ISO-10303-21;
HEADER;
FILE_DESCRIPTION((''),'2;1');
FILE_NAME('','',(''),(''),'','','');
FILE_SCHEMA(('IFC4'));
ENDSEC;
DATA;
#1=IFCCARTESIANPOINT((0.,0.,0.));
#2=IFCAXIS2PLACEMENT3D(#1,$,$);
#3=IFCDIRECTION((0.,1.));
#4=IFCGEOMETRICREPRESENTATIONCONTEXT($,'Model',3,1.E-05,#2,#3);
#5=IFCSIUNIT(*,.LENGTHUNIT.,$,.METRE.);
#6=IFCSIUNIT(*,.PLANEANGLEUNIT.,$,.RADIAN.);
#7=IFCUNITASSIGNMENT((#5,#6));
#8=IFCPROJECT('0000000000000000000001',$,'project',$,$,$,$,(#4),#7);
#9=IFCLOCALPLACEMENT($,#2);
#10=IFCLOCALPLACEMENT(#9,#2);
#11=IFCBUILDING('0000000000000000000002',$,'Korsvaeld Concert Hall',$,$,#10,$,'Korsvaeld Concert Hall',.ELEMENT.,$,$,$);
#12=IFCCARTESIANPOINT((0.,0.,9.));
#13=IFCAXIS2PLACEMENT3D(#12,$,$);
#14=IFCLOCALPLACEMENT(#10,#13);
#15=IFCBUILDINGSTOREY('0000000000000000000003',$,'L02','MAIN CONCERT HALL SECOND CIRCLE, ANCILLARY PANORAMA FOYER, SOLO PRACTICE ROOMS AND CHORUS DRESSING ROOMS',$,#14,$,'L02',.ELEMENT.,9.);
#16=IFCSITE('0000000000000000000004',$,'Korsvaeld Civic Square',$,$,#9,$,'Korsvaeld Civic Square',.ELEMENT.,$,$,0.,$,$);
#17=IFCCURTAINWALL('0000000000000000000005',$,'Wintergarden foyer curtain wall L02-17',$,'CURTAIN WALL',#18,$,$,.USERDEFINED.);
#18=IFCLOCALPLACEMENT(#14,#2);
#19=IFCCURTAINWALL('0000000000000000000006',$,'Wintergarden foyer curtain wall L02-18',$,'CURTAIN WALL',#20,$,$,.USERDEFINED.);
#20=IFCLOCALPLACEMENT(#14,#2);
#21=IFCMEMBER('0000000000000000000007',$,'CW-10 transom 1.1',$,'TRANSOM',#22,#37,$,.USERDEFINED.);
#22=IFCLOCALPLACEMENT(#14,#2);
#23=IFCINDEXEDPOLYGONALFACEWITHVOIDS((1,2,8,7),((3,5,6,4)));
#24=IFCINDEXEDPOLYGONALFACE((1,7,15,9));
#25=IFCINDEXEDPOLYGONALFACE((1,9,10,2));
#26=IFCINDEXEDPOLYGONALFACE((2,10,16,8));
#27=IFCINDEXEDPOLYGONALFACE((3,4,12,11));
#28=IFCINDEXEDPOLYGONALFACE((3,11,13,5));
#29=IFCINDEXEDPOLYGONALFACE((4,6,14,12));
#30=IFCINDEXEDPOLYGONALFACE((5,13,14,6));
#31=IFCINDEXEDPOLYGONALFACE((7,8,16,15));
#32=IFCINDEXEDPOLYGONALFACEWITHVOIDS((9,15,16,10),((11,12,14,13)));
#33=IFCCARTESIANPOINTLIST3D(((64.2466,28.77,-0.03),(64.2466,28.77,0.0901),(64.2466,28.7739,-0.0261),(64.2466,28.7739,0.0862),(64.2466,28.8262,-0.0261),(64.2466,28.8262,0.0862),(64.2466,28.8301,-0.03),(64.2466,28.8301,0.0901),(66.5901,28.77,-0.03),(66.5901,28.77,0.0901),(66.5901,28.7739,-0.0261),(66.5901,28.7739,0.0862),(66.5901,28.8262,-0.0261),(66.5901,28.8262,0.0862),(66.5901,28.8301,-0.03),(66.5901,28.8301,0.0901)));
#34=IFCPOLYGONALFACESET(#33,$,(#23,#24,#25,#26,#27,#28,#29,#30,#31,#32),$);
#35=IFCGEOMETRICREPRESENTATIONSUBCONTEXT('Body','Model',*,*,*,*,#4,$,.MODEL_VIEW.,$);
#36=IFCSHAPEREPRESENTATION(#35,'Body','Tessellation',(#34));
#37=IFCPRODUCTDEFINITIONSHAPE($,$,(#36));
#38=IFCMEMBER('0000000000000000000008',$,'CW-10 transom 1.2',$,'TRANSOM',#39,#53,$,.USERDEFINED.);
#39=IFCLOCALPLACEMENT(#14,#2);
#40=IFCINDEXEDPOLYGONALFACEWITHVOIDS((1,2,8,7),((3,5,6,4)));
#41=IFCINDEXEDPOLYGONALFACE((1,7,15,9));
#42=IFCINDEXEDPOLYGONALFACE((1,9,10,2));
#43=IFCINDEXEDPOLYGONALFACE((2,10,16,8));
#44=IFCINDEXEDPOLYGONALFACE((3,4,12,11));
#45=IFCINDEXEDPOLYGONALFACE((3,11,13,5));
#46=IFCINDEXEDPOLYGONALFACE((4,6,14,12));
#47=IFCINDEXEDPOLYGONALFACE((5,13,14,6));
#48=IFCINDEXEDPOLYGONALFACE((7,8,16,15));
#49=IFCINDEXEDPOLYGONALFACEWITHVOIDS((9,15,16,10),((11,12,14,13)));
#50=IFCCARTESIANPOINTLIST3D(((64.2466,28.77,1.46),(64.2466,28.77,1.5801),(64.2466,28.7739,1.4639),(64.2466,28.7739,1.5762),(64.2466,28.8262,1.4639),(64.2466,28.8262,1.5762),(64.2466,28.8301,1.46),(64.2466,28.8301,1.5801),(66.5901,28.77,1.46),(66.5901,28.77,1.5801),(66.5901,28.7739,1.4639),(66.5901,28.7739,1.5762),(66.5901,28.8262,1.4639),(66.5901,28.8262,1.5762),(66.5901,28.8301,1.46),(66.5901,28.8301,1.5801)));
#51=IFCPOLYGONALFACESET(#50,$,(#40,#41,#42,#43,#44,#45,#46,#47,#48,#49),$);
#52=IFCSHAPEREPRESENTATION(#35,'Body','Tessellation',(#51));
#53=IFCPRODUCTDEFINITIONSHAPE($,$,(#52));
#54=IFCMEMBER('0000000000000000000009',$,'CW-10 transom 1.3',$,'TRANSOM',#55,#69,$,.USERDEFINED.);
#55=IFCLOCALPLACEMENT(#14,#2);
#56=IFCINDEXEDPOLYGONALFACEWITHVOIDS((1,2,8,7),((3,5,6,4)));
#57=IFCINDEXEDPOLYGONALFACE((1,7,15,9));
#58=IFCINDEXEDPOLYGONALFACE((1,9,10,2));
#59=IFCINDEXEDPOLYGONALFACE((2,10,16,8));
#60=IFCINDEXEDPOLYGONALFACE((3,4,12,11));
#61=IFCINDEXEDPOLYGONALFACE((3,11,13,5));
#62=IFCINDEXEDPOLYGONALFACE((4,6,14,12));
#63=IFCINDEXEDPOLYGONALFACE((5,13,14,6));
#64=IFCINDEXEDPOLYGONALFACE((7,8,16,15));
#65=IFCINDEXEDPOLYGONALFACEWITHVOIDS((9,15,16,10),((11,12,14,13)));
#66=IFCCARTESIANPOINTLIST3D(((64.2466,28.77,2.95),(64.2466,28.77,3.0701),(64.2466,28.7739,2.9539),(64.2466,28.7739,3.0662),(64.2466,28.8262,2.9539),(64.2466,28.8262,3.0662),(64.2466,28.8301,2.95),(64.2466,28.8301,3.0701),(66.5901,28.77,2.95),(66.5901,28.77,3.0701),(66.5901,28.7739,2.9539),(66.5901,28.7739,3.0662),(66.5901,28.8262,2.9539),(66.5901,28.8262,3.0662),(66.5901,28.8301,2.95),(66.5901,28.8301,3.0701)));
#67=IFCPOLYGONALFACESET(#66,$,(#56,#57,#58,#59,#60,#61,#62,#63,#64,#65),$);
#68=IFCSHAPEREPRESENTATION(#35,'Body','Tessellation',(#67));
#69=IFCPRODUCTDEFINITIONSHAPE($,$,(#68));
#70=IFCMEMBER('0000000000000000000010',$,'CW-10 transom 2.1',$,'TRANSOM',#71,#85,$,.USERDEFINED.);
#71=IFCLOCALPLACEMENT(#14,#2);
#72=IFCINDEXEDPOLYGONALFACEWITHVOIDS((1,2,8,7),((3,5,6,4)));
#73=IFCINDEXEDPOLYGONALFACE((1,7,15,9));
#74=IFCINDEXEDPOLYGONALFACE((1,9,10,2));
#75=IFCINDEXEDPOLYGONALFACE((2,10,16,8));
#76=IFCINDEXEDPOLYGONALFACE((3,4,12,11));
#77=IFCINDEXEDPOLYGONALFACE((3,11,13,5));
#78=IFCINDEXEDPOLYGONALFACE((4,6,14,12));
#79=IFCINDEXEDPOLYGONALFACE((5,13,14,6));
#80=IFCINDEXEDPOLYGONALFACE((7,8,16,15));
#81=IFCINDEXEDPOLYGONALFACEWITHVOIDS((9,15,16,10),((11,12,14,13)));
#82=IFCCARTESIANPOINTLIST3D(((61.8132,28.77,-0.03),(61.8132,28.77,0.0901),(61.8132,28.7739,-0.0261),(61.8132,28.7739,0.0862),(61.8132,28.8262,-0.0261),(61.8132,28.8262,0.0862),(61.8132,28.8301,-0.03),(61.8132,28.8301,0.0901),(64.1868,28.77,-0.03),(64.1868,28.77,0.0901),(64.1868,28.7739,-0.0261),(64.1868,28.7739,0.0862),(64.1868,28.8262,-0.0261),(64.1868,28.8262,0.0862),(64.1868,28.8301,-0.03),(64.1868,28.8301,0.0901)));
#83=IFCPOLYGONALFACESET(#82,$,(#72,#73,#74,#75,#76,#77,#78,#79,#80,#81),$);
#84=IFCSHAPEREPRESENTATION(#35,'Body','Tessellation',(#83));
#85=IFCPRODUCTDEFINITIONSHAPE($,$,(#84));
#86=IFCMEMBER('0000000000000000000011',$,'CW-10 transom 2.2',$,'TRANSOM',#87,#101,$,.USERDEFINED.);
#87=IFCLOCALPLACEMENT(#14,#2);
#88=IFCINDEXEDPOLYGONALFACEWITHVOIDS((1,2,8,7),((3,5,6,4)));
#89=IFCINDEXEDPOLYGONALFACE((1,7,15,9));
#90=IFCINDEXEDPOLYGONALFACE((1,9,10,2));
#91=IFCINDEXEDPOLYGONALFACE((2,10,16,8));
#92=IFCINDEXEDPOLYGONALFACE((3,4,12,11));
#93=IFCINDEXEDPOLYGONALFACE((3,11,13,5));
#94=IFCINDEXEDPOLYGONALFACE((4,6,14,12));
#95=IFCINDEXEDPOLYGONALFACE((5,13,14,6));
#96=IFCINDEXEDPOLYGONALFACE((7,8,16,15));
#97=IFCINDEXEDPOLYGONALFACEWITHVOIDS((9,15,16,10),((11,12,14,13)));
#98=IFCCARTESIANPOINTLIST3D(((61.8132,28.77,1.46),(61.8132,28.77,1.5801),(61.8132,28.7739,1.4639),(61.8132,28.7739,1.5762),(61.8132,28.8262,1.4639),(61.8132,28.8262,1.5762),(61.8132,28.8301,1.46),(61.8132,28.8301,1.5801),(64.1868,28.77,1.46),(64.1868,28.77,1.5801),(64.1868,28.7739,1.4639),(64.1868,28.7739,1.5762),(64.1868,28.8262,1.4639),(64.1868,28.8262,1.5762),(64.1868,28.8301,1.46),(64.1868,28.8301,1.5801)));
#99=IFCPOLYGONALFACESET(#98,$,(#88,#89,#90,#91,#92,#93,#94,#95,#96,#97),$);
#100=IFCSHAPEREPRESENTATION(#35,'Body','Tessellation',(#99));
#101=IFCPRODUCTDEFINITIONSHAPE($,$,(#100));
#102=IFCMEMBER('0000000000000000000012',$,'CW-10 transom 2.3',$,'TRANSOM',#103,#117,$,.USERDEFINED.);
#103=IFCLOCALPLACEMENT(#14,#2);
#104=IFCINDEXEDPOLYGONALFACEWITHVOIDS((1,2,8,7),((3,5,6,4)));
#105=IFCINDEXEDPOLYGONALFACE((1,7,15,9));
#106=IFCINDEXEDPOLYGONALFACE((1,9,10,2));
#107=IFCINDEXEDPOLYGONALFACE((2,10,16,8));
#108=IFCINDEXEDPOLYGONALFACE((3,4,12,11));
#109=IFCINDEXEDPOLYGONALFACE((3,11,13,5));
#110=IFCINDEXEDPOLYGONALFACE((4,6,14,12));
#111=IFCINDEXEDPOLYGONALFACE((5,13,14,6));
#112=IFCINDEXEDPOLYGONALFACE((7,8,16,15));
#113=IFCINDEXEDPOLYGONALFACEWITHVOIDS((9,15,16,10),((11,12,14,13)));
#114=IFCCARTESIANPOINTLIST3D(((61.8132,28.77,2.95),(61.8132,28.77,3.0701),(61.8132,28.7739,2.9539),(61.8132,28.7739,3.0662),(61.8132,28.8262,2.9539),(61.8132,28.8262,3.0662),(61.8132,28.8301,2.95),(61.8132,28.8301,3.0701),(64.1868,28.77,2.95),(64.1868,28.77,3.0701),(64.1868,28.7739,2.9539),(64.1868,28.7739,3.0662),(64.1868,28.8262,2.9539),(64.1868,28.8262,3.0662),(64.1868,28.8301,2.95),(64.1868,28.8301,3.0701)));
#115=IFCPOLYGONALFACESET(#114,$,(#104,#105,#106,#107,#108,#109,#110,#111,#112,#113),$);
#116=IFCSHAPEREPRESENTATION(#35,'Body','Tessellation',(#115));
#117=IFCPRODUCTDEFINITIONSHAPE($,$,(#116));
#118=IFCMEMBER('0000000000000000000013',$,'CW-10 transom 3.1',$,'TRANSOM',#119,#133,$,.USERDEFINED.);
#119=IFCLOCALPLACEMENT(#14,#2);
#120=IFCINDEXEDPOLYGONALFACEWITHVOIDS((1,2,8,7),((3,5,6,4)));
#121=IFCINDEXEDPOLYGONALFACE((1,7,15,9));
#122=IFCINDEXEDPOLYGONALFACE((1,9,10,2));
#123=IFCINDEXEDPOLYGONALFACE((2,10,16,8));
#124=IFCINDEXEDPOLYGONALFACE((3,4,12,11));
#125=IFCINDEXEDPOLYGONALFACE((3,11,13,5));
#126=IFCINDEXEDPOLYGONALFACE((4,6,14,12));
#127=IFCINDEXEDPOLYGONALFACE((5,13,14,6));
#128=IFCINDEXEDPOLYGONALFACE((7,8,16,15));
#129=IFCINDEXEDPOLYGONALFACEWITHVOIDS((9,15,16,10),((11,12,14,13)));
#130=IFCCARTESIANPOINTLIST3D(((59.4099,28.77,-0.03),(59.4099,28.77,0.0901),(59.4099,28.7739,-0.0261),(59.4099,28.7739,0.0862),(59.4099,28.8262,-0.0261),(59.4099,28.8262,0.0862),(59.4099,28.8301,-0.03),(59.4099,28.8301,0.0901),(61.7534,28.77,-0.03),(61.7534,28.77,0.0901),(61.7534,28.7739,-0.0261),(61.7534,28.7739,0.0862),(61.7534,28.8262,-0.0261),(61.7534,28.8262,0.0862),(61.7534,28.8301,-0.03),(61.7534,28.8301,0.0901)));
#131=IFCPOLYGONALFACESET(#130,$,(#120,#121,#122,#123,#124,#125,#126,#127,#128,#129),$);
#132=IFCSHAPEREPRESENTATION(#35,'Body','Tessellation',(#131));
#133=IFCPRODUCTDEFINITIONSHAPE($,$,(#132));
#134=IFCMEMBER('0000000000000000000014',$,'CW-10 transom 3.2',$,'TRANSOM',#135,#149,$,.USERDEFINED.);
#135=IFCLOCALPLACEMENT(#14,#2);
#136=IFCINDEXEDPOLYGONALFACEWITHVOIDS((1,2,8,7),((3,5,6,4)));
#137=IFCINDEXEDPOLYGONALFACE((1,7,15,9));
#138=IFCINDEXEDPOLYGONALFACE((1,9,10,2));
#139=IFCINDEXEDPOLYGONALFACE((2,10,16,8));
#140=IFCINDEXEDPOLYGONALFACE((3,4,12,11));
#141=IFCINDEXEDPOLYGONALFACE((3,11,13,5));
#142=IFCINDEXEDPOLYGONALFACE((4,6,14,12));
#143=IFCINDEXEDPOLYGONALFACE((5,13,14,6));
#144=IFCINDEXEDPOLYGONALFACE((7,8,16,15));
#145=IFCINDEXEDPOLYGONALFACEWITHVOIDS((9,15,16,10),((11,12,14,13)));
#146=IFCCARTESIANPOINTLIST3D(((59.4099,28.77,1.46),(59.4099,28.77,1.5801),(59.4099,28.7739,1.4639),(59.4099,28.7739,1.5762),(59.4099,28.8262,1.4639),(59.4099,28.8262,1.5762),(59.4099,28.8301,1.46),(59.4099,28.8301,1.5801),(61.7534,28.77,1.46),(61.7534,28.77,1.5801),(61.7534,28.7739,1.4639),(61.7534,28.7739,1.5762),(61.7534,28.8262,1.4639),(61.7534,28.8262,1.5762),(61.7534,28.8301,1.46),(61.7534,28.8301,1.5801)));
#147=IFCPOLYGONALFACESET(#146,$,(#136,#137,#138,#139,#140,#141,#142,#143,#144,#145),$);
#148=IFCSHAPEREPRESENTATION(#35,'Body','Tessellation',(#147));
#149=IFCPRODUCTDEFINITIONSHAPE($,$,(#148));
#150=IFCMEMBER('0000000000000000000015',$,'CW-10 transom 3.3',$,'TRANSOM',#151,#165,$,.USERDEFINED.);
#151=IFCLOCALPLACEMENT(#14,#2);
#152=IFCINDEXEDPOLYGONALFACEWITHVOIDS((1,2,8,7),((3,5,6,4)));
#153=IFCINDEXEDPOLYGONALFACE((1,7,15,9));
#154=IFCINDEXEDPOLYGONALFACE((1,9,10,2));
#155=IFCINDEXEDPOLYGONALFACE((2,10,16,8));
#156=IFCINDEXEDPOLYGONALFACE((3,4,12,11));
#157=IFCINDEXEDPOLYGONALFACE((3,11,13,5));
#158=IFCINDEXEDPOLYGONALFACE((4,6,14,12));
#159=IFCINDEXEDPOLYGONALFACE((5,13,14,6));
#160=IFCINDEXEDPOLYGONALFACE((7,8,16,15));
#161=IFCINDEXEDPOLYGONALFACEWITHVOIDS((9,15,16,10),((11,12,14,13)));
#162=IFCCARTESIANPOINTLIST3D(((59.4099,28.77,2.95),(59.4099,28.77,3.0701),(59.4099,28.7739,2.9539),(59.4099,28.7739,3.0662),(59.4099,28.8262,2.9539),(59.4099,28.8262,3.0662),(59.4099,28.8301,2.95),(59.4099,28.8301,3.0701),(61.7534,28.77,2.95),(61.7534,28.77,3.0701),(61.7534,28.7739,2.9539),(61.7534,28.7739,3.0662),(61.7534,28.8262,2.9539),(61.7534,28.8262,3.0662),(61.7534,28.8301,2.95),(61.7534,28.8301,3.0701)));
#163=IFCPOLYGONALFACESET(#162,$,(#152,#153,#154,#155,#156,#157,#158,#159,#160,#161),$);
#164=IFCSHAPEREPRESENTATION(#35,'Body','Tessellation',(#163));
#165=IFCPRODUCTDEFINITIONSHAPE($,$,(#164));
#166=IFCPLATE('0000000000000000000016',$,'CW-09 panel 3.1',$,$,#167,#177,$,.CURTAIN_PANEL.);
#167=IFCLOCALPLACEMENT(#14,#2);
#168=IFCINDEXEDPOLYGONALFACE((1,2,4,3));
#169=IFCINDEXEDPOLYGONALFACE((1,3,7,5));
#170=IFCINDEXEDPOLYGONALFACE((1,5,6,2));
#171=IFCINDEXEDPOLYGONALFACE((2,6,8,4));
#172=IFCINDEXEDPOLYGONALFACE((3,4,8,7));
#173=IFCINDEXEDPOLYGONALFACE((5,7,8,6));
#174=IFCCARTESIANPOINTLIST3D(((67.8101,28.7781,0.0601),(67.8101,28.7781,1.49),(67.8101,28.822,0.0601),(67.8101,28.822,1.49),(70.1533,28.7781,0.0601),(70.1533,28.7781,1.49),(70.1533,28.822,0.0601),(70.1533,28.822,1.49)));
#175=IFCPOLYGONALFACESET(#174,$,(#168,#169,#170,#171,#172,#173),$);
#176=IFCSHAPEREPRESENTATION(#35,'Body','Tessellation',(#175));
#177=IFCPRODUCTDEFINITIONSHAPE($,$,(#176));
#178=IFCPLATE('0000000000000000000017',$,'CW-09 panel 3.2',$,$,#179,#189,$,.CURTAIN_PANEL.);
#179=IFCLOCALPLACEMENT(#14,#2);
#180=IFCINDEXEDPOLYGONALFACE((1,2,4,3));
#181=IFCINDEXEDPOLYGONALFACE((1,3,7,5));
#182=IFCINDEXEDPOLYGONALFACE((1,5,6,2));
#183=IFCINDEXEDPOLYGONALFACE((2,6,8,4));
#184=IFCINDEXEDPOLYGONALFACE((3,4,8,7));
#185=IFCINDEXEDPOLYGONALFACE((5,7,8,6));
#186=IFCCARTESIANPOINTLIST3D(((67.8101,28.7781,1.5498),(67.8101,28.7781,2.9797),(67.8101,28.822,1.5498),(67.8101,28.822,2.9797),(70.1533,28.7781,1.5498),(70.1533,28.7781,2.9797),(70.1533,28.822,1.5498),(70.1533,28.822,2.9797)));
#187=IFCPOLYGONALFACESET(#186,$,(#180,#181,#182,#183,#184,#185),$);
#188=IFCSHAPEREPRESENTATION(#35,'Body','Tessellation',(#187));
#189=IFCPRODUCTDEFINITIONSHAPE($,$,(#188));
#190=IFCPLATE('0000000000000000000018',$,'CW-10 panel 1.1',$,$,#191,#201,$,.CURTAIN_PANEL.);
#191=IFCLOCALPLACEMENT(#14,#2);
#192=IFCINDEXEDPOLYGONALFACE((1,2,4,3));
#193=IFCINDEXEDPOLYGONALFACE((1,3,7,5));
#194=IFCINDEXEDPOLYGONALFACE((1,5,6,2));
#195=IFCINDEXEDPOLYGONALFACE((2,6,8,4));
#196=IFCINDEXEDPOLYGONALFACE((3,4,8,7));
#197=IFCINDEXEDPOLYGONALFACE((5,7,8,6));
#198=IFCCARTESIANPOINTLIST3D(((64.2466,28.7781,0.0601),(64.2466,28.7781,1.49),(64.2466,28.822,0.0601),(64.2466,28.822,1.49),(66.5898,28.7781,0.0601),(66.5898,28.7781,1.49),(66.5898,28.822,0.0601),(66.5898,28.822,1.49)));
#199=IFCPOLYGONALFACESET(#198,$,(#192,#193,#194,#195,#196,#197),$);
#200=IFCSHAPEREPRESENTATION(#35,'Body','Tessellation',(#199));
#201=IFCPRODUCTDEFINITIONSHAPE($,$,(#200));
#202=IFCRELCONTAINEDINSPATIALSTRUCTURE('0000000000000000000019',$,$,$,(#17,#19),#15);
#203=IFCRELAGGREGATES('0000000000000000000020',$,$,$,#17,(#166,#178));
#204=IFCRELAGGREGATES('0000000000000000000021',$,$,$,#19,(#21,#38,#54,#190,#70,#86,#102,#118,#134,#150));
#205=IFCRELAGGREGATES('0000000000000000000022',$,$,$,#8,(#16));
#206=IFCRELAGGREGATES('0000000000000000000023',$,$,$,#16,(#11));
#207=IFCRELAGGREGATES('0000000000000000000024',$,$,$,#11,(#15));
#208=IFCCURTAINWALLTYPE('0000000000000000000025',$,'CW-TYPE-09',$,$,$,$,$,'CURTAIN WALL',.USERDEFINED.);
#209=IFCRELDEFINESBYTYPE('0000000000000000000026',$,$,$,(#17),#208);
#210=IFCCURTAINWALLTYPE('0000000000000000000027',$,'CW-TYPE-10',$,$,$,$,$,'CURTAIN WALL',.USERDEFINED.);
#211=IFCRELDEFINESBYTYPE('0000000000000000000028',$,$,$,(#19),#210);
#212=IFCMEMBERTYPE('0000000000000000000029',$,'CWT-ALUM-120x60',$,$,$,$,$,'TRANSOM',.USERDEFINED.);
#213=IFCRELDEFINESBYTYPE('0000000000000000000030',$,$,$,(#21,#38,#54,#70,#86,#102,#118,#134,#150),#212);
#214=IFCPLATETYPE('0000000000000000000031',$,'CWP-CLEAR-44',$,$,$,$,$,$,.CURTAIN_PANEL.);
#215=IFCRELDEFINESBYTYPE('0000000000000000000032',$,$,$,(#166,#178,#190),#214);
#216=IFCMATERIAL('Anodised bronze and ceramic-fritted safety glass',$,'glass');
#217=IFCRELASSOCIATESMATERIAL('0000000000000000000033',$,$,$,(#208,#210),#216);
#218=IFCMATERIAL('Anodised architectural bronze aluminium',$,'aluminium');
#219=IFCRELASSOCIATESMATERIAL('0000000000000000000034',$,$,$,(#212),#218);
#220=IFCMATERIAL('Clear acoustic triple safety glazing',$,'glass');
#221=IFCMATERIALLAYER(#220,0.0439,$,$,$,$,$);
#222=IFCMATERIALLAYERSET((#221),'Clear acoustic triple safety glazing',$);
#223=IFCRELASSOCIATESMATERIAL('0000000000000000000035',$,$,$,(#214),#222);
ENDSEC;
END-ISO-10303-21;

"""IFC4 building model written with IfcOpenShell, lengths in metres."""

from ifc_helpers import new_model, si_unit, direction, frame, origin, origin_2d, place, context, subcontext, project, spatial, rectangle, hollow_rectangle, extrude, material, layer, layer_set, material_profile, profile_set, type_object, element, aggregate, save


model = new_model("IFC4")

# Units and contexts
model_context = context("Model", 3, precision=1e-05, world=origin(), true_north=direction((0.0, 1.0)))
body_context = subcontext(model_context, "Body", "Model", "MODEL_VIEW")
ifc_project = project(units=[si_unit("LENGTHUNIT", "METRE"), si_unit("PLANEANGLEUNIT", "RADIAN")], contexts=[model_context])

# Site, building, storey
site_placement = place(None, origin())
site = spatial("IfcSite", under=ifc_project, at=site_placement, Name="Korsvaeld Civic Square", LongName="Korsvaeld Civic Square", CompositionType="ELEMENT", RefElevation=0.0)
building_placement = place(site_placement, origin())
building = spatial("IfcBuilding", under=site, at=building_placement, Name="Korsvaeld Concert Hall", LongName="Korsvaeld Concert Hall", CompositionType="ELEMENT")
storey_placement = place(building_placement, frame((0.0, 0.0, 9.0)))
storey = spatial("IfcBuildingStorey", under=building, at=storey_placement, Name="L02", Description="MAIN CONCERT HALL SECOND CIRCLE, ANCILLARY PANORAMA FOYER, SOLO PRACTICE ROOMS AND CHORUS DRESSING ROOMS", LongName="L02", CompositionType="ELEMENT", Elevation=9.0)

# Curtain walls
ifc_material_1 = material(Name="Anodised bronze and ceramic-fritted safety glass", Category="glass")
curtain_wall_type_1 = type_object("IfcCurtainWallType", Name="CW-TYPE-09", ElementType="CURTAIN WALL", PredefinedType="USERDEFINED", material=ifc_material_1)
curtain_wall_1_placement = place(storey_placement, origin())
curtain_wall_1 = element("IfcCurtainWall", 1, at=curtain_wall_1_placement, inside=storey, type_object=curtain_wall_type_1, Name="Wintergarden foyer curtain wall L02-17", ObjectType="CURTAIN WALL", PredefinedType="USERDEFINED")
ifc_material_2 = material(Name="Anodised architectural bronze aluminium", Category="aluminium")
curtain_wall_type_2 = type_object("IfcCurtainWallType", Name="CW-TYPE-10", ElementType="CURTAIN WALL", PredefinedType="USERDEFINED", material=ifc_material_1)
curtain_wall_2_placement = place(storey_placement, origin())
curtain_wall_2 = element("IfcCurtainWall", 2, at=curtain_wall_2_placement, inside=storey, type_object=curtain_wall_type_2, Name="Wintergarden foyer curtain wall L02-18", ObjectType="CURTAIN WALL", PredefinedType="USERDEFINED")

# Members
ifc_material_profile_1 = material_profile(ifc_material_2, hollow_rectangle(XDim=0.0601, YDim=0.1201, WallThickness=0.0039, at=origin_2d()), Name="CWT 120x60x4")
ifc_profile_set_1 = profile_set([ifc_material_profile_1], Name="Anodised architectural bronze aluminium")
member_type_1 = type_object("IfcMemberType", Name="CWT-ALUM-120x60", ElementType="TRANSOM", PredefinedType="USERDEFINED", material=ifc_profile_set_1)
member_1_placement = place(storey_placement, frame((66.5901, 28.8, 0.03), z_axis=(-1.0, 0.0, 0.0), x_axis=(0.0, -1.0, 0.0)))
member_1 = element("IfcMember", 3, at=member_1_placement, type_object=member_type_1, Name="CW-10 transom 1.1", ObjectType="TRANSOM", PredefinedType="USERDEFINED", context=body_context, shape_type="SweptSolid", body=[
    extrude(hollow_rectangle(XDim=0.0601, YDim=0.1201, WallThickness=0.0039, at=origin_2d()), origin(), (0.0, 0.0, 1.0), 2.3435),
])
member_2_placement = place(storey_placement, frame((66.5901, 28.8, 1.52), z_axis=(-1.0, 0.0, 0.0), x_axis=(0.0, -1.0, 0.0)))
member_2 = element("IfcMember", 4, at=member_2_placement, type_object=member_type_1, Name="CW-10 transom 1.2", ObjectType="TRANSOM", PredefinedType="USERDEFINED", context=body_context, shape_type="SweptSolid", body=[
    extrude(hollow_rectangle(XDim=0.0601, YDim=0.1201, WallThickness=0.0039, at=origin_2d()), origin(), (0.0, 0.0, 1.0), 2.3435),
])
member_3_placement = place(storey_placement, frame((66.5901, 28.8, 3.01), z_axis=(-1.0, 0.0, 0.0), x_axis=(0.0, -1.0, 0.0)))
member_3 = element("IfcMember", 5, at=member_3_placement, type_object=member_type_1, Name="CW-10 transom 1.3", ObjectType="TRANSOM", PredefinedType="USERDEFINED", context=body_context, shape_type="SweptSolid", body=[
    extrude(hollow_rectangle(XDim=0.0601, YDim=0.1201, WallThickness=0.0039, at=origin_2d()), origin(), (0.0, 0.0, 1.0), 2.3435),
])
member_4_placement = place(storey_placement, frame((64.1868, 28.8, 0.03), z_axis=(-1.0, 0.0, 0.0), x_axis=(0.0, -1.0, 0.0)))
member_4 = element("IfcMember", 6, at=member_4_placement, type_object=member_type_1, Name="CW-10 transom 2.1", ObjectType="TRANSOM", PredefinedType="USERDEFINED", context=body_context, shape_type="SweptSolid", body=[
    extrude(hollow_rectangle(XDim=0.0601, YDim=0.1201, WallThickness=0.0039, at=origin_2d()), origin(), (0.0, 0.0, 1.0), 2.3735),
])
member_5_placement = place(storey_placement, frame((64.1868, 28.8, 1.52), z_axis=(-1.0, 0.0, 0.0), x_axis=(0.0, -1.0, 0.0)))
member_5 = element("IfcMember", 7, at=member_5_placement, type_object=member_type_1, Name="CW-10 transom 2.2", ObjectType="TRANSOM", PredefinedType="USERDEFINED", context=body_context, shape_type="SweptSolid", body=[
    extrude(hollow_rectangle(XDim=0.0601, YDim=0.1201, WallThickness=0.0039, at=origin_2d()), origin(), (0.0, 0.0, 1.0), 2.3735),
])
member_6_placement = place(storey_placement, frame((64.1868, 28.8, 3.01), z_axis=(-1.0, 0.0, 0.0), x_axis=(0.0, -1.0, 0.0)))
member_6 = element("IfcMember", 8, at=member_6_placement, type_object=member_type_1, Name="CW-10 transom 2.3", ObjectType="TRANSOM", PredefinedType="USERDEFINED", context=body_context, shape_type="SweptSolid", body=[
    extrude(hollow_rectangle(XDim=0.0601, YDim=0.1201, WallThickness=0.0039, at=origin_2d()), origin(), (0.0, 0.0, 1.0), 2.3735),
])
member_7_placement = place(storey_placement, frame((61.7534, 28.8, 0.03), z_axis=(-1.0, 0.0, 0.0), x_axis=(0.0, -1.0, 0.0)))
member_7 = element("IfcMember", 9, at=member_7_placement, type_object=member_type_1, Name="CW-10 transom 3.1", ObjectType="TRANSOM", PredefinedType="USERDEFINED", context=body_context, shape_type="SweptSolid", body=[
    extrude(hollow_rectangle(XDim=0.0601, YDim=0.1201, WallThickness=0.0039, at=origin_2d()), origin(), (0.0, 0.0, 1.0), 2.3435),
])
member_8_placement = place(storey_placement, frame((61.7534, 28.8, 1.52), z_axis=(-1.0, 0.0, 0.0), x_axis=(0.0, -1.0, 0.0)))
member_8 = element("IfcMember", 10, at=member_8_placement, type_object=member_type_1, Name="CW-10 transom 3.2", ObjectType="TRANSOM", PredefinedType="USERDEFINED", context=body_context, shape_type="SweptSolid", body=[
    extrude(hollow_rectangle(XDim=0.0601, YDim=0.1201, WallThickness=0.0039, at=origin_2d()), origin(), (0.0, 0.0, 1.0), 2.3435),
])
member_9_placement = place(storey_placement, frame((61.7534, 28.8, 3.01), z_axis=(-1.0, 0.0, 0.0), x_axis=(0.0, -1.0, 0.0)))
member_9 = element("IfcMember", 11, at=member_9_placement, type_object=member_type_1, Name="CW-10 transom 3.3", ObjectType="TRANSOM", PredefinedType="USERDEFINED", context=body_context, shape_type="SweptSolid", body=[
    extrude(hollow_rectangle(XDim=0.0601, YDim=0.1201, WallThickness=0.0039, at=origin_2d()), origin(), (0.0, 0.0, 1.0), 2.3435),
])

# Plates
ifc_material_3 = material(Name="Clear acoustic triple safety glazing", Category="glass")
ifc_layer = layer(ifc_material_3, 0.0439)
ifc_layer_set = layer_set([ifc_layer], Name="Clear acoustic triple safety glazing")
plate_type = type_object("IfcPlateType", Name="CWP-CLEAR-44", PredefinedType="CURTAIN_PANEL", material=ifc_layer_set)
plate_1_placement = place(storey_placement, frame((68.9817, 28.8, 0.0601), z_axis=(0.0, 0.0, 1.0), x_axis=(-1.0, 0.0, 0.0)))
plate_1 = element("IfcPlate", 12, at=plate_1_placement, type_object=plate_type, Name="CW-09 panel 3.1", PredefinedType="CURTAIN_PANEL", context=body_context, shape_type="SweptSolid", body=[
    extrude(rectangle(XDim=2.3433, YDim=0.0439, at=origin_2d()), origin(), (0.0, 0.0, 1.0), 1.4299),
])
plate_2_placement = place(storey_placement, frame((68.9817, 28.8, 1.5498), z_axis=(0.0, 0.0, 1.0), x_axis=(-1.0, 0.0, 0.0)))
plate_2 = element("IfcPlate", 13, at=plate_2_placement, type_object=plate_type, Name="CW-09 panel 3.2", PredefinedType="CURTAIN_PANEL", context=body_context, shape_type="SweptSolid", body=[
    extrude(rectangle(XDim=2.3433, YDim=0.0439, at=origin_2d()), origin(), (0.0, 0.0, 1.0), 1.4299),
])
aggregate(curtain_wall_1, [plate_1, plate_2])
plate_3_placement = place(storey_placement, frame((65.4182, 28.8, 0.0601), z_axis=(0.0, 0.0, 1.0), x_axis=(-1.0, 0.0, 0.0)))
plate_3 = element("IfcPlate", 14, at=plate_3_placement, type_object=plate_type, Name="CW-10 panel 1.1", PredefinedType="CURTAIN_PANEL", context=body_context, shape_type="SweptSolid", body=[
    extrude(rectangle(XDim=2.3433, YDim=0.0439, at=origin_2d()), origin(), (0.0, 0.0, 1.0), 1.4299),
])
aggregate(curtain_wall_2, [member_1, member_2, member_3, plate_3, member_4, member_5, member_6, member_7, member_8, member_9])

save(model, "model.ifc")
